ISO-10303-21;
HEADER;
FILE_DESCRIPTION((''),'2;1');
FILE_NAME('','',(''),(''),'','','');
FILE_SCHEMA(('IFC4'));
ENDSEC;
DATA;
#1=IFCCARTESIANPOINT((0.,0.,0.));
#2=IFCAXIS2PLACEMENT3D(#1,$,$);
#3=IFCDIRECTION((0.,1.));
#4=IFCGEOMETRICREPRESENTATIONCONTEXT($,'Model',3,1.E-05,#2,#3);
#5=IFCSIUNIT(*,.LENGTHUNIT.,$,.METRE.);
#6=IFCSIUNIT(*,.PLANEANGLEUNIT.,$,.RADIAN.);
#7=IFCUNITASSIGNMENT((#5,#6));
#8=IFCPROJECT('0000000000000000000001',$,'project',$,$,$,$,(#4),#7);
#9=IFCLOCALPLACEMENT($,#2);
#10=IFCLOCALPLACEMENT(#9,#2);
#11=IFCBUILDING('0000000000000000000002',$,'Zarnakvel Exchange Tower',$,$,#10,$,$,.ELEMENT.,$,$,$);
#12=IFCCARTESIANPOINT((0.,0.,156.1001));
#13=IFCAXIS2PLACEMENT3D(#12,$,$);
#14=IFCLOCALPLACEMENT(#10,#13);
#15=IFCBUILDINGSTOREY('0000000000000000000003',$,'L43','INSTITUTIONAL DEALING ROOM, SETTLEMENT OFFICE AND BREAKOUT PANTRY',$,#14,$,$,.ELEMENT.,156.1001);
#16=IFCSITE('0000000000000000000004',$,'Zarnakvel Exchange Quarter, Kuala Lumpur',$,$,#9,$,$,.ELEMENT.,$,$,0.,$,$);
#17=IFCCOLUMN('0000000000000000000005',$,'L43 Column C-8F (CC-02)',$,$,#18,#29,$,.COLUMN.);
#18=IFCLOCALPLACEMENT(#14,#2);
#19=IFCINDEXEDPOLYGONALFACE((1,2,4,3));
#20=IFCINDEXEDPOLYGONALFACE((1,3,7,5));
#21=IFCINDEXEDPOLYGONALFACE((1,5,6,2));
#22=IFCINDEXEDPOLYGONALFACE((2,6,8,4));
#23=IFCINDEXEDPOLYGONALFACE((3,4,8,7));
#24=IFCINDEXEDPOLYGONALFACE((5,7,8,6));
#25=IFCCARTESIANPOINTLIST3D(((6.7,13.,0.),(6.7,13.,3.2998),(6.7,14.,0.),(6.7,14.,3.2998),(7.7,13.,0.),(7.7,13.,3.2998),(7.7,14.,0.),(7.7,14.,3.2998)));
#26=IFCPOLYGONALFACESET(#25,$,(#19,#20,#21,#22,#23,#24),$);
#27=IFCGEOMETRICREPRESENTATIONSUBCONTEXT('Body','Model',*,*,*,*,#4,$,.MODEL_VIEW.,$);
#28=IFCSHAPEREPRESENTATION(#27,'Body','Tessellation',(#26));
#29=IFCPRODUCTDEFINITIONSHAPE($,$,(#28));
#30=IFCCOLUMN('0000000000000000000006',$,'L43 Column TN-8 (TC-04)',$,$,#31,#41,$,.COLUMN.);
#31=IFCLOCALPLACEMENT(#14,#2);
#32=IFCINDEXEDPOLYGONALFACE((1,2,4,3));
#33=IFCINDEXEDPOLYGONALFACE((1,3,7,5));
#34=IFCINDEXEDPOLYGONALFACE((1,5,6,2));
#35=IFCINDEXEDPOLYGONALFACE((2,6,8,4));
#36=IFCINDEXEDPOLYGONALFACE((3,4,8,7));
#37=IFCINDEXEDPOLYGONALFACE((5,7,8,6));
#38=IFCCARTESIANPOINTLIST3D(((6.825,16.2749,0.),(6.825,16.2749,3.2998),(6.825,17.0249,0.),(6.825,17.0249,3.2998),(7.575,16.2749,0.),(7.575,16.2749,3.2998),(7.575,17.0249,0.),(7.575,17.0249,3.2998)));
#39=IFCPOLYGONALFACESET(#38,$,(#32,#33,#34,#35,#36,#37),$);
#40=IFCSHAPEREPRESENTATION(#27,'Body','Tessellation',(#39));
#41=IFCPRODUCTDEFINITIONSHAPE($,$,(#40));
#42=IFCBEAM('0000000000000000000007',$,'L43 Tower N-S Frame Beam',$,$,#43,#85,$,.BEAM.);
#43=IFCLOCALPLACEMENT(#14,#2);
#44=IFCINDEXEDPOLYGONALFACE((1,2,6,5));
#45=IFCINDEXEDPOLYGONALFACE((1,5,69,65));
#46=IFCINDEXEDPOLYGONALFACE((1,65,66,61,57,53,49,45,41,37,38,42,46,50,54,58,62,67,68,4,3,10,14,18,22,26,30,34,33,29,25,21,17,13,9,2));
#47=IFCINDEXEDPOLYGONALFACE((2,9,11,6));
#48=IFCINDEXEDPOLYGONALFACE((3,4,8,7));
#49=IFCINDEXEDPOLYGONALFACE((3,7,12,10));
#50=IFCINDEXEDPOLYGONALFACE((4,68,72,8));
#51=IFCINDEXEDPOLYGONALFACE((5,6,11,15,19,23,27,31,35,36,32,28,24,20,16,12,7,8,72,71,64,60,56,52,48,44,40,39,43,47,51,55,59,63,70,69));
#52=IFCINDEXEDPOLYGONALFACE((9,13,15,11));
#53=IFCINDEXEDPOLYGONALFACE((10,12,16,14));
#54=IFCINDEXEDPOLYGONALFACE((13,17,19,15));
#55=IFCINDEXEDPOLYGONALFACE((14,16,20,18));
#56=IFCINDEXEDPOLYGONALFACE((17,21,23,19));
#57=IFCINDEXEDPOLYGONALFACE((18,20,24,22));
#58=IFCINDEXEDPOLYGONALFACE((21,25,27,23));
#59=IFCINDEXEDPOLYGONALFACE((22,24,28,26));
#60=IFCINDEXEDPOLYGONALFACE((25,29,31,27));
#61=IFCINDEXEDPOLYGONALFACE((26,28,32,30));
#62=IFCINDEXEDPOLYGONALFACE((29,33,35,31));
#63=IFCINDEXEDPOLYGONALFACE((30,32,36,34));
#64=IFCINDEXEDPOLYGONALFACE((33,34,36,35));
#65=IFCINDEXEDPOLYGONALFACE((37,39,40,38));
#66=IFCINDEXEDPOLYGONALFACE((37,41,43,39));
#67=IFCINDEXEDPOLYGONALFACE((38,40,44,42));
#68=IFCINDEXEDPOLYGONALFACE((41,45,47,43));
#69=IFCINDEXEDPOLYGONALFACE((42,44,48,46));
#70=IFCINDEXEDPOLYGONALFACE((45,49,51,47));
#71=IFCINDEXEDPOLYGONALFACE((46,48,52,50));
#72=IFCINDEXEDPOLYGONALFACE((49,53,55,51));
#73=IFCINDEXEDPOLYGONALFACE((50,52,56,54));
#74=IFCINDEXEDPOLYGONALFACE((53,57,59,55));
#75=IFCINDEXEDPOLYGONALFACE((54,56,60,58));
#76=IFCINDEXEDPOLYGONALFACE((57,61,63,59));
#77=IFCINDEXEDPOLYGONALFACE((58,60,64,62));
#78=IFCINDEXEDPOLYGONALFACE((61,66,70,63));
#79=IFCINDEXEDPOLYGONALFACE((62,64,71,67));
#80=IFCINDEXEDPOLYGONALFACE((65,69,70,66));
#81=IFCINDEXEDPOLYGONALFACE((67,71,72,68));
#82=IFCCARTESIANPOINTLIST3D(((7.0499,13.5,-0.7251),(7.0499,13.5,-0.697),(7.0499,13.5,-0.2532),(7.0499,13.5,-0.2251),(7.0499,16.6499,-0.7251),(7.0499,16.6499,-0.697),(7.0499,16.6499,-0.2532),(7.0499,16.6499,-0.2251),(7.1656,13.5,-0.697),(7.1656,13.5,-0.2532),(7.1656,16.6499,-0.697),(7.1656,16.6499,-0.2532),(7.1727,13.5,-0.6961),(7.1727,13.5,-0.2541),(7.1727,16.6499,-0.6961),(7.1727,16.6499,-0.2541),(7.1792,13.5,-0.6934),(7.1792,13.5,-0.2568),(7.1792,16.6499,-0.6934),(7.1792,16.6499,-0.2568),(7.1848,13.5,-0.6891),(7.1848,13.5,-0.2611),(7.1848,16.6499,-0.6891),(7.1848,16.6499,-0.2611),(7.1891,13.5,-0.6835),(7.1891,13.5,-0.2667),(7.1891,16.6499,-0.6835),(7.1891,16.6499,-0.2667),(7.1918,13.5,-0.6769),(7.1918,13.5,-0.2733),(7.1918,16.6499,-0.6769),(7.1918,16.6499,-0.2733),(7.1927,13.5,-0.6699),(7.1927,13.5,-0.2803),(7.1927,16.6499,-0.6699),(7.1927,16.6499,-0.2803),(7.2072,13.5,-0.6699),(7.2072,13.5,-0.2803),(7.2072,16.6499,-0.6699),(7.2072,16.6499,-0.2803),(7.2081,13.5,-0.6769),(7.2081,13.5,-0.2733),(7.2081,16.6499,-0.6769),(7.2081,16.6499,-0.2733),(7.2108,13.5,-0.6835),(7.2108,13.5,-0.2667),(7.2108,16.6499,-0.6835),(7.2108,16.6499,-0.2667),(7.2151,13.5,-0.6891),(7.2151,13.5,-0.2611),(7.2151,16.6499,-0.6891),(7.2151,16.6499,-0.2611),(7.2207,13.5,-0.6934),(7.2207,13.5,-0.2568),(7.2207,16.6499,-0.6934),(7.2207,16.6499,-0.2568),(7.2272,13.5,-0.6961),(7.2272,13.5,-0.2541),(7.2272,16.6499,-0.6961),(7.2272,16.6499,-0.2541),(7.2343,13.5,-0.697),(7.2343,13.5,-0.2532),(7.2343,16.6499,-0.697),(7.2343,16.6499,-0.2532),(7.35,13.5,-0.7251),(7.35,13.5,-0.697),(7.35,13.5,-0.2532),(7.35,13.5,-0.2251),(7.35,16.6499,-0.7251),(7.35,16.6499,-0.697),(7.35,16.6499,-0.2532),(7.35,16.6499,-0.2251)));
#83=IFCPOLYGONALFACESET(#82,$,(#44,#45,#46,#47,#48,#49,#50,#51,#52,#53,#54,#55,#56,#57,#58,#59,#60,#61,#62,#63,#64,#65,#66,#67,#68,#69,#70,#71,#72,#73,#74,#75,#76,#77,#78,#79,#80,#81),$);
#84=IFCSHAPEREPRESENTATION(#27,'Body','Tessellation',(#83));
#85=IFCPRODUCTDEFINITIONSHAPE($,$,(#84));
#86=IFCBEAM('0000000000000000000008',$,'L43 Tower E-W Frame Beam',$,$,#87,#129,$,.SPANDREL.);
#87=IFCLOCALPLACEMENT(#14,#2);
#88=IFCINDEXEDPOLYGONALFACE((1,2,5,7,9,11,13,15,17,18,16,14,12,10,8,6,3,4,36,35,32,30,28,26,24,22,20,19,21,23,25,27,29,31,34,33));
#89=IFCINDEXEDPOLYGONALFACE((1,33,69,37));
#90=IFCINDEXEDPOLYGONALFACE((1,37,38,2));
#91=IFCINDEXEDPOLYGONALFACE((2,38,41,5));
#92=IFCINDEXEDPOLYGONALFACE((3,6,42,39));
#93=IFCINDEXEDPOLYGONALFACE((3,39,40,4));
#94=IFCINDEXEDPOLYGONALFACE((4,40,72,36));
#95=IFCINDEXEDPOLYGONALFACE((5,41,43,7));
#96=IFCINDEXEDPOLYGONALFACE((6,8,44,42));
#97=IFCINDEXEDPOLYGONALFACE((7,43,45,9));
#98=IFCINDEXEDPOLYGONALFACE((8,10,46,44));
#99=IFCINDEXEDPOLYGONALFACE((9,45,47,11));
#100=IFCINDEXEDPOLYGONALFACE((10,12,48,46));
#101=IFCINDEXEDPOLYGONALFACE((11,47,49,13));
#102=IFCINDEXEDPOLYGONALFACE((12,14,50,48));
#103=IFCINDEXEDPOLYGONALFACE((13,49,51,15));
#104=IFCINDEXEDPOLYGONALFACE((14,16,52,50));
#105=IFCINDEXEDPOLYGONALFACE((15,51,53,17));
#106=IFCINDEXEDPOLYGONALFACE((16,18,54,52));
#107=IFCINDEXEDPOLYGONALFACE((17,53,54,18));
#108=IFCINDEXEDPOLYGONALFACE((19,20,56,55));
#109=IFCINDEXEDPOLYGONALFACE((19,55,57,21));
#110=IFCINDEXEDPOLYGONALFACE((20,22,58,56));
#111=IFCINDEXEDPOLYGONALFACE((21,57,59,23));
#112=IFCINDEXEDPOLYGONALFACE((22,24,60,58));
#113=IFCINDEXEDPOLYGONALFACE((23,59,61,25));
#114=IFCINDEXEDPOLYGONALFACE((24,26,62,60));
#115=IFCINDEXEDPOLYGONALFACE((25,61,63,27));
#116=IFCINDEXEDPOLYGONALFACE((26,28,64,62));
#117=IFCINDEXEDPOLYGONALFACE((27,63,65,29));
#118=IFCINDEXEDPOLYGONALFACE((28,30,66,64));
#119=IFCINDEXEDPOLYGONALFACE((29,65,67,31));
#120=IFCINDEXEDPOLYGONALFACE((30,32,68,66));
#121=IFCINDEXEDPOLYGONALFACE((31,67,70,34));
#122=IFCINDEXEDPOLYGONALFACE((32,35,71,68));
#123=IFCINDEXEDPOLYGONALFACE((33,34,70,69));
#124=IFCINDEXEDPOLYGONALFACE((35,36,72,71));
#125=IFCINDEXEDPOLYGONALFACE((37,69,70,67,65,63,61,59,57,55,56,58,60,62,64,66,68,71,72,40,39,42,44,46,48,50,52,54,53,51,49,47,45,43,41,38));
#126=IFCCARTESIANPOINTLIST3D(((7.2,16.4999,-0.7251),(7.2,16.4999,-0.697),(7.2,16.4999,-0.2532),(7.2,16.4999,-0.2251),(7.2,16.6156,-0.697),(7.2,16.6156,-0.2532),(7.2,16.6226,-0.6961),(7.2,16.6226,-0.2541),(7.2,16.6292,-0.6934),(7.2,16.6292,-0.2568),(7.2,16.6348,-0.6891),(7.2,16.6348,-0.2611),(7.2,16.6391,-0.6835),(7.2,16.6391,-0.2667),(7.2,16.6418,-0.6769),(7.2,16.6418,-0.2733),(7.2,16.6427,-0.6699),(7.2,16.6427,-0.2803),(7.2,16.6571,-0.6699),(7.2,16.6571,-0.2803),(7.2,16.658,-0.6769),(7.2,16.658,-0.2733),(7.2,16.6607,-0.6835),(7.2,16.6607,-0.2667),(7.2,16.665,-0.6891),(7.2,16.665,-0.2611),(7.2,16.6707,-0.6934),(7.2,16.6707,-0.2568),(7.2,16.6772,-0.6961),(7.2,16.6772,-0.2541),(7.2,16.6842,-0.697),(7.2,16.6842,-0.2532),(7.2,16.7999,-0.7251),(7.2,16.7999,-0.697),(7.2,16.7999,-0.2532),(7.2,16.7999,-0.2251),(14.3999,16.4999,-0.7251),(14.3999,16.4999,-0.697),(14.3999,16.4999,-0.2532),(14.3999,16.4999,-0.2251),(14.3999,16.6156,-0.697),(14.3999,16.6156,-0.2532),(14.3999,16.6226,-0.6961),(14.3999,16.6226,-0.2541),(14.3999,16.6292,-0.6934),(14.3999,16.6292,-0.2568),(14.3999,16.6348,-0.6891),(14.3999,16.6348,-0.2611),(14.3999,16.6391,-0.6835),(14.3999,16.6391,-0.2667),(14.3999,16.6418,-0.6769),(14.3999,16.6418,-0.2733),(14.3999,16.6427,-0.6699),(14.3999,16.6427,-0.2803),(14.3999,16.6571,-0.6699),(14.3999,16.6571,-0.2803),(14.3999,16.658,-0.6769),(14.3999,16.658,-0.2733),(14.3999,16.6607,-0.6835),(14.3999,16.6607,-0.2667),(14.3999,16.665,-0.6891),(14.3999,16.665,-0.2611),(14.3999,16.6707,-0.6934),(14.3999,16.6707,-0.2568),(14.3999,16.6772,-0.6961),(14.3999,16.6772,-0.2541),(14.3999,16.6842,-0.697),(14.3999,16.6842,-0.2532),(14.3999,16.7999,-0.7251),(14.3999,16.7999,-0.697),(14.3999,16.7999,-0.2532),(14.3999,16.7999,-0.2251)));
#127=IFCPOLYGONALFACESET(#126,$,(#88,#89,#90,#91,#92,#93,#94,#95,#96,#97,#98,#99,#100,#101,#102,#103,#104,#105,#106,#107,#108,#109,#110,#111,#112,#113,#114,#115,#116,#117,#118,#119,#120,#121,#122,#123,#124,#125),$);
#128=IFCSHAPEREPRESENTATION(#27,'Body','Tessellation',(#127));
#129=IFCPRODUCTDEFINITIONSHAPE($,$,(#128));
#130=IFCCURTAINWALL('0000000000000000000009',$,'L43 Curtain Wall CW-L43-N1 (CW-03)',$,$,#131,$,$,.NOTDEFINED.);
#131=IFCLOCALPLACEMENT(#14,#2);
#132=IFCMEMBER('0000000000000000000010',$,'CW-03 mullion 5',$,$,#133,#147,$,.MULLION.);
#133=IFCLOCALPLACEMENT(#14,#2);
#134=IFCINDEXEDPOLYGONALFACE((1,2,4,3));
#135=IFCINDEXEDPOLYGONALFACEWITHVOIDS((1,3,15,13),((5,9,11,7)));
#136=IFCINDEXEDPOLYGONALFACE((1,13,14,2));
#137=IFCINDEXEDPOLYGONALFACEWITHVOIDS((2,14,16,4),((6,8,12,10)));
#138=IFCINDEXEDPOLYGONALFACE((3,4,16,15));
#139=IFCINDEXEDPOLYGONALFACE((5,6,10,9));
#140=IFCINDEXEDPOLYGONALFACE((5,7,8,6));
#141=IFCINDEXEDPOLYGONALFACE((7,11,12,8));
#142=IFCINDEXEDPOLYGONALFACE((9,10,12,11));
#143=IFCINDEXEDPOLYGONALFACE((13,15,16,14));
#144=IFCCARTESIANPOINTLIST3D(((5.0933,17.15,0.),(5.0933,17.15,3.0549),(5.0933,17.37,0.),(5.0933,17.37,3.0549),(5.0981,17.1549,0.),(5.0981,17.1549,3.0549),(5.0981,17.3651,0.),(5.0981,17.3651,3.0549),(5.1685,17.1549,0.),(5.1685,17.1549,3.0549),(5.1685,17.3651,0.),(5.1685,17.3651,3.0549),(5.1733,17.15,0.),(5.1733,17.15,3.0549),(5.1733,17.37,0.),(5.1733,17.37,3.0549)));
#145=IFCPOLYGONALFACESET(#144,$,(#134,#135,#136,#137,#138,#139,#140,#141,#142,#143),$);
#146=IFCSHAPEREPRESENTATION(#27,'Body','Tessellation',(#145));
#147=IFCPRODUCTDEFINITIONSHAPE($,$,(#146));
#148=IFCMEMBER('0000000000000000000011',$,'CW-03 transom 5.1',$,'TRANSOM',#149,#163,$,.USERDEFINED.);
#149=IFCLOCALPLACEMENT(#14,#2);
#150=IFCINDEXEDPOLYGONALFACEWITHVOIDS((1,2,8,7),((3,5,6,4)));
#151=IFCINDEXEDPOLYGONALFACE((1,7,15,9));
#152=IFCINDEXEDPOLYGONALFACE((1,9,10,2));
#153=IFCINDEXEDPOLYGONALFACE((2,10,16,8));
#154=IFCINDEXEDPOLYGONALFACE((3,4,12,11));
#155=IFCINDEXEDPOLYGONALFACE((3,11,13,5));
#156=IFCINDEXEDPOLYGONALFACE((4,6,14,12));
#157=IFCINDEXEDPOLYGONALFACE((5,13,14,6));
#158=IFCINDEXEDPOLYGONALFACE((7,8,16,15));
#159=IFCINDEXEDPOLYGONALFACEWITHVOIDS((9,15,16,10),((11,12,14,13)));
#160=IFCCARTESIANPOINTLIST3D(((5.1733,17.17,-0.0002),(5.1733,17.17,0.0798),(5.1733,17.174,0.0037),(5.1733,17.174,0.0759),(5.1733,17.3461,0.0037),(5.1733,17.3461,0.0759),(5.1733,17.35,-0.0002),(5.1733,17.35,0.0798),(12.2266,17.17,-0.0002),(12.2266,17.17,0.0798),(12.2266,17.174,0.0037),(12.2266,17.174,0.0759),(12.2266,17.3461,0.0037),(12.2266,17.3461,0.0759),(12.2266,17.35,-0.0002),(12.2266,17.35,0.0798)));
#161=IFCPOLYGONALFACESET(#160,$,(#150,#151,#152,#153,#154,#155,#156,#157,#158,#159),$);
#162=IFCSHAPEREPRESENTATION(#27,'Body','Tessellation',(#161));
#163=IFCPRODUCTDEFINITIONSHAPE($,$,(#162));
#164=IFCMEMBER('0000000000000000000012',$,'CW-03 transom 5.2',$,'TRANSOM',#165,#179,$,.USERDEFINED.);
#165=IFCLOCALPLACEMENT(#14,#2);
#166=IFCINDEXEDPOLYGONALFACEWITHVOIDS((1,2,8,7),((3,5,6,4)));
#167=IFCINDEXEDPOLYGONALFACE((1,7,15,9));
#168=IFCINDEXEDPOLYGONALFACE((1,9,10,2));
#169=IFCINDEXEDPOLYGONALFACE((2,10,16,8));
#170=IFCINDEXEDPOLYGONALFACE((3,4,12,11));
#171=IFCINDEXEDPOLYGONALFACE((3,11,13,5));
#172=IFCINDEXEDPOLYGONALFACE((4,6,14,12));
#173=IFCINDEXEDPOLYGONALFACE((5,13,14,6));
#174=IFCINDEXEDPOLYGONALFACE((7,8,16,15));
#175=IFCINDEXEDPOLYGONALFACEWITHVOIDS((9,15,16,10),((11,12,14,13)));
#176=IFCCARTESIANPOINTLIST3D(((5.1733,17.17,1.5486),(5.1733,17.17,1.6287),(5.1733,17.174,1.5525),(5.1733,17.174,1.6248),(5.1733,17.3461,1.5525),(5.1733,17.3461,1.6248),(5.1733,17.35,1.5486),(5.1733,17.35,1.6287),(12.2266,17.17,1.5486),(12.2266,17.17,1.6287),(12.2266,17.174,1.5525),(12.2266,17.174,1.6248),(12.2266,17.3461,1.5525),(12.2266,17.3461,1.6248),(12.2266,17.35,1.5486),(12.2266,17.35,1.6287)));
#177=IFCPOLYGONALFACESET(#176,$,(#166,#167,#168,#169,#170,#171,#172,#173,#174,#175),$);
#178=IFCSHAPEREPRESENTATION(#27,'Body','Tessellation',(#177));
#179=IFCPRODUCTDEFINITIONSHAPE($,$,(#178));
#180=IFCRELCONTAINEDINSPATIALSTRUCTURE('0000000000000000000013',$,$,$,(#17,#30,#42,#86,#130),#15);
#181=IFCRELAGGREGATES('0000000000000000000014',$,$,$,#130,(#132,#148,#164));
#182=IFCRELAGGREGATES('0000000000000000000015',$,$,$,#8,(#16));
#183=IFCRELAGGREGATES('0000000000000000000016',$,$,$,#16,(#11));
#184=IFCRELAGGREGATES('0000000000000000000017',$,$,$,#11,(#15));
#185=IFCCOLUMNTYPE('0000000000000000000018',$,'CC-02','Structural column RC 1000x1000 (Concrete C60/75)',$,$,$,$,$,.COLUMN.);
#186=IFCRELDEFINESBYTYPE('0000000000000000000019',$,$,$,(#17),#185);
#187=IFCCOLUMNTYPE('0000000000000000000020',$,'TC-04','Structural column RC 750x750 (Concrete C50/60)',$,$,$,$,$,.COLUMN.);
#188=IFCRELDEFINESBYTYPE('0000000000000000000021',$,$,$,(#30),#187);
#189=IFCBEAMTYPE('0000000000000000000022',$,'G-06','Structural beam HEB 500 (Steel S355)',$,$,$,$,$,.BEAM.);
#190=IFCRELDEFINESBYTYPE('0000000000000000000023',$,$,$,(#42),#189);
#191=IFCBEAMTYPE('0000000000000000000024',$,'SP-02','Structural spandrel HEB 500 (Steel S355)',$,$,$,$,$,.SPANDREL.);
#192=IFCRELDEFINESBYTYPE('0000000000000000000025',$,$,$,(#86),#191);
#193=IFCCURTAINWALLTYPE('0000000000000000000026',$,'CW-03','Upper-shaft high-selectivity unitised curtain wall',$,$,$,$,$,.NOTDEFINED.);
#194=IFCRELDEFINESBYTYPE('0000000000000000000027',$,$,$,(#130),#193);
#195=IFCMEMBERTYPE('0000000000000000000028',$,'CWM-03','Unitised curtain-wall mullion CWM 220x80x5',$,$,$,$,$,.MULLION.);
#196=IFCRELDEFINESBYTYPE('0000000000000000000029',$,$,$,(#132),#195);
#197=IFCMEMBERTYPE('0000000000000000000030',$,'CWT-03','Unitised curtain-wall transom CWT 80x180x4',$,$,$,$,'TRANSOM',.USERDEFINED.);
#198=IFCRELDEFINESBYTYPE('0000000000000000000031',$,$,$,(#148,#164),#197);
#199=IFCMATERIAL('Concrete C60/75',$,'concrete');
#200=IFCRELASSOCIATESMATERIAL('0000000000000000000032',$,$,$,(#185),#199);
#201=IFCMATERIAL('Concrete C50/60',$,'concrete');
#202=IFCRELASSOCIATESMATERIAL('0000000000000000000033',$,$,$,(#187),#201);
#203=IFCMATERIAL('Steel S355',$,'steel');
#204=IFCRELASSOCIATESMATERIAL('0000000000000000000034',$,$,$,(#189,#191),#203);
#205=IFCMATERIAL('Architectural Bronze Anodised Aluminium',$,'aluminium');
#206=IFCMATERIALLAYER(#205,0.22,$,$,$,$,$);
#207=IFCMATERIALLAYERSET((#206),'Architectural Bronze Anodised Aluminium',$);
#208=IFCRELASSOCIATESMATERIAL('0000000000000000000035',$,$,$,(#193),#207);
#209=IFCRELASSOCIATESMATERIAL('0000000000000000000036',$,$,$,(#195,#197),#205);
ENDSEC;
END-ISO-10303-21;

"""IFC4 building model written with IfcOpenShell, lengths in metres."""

from ifc_helpers import new_model, si_unit, direction, frame, origin, origin_2d, place, context, subcontext, project, spatial, rectangle, hollow_rectangle, i_section, extrude, source, transform, mapped, material, layer, layer_set, material_profile, profile_set, type_object, element, aggregate, save


model = new_model("IFC4")

# Units and contexts
model_context = context("Model", 3, precision=1e-05, world=origin(), true_north=direction((0.0, 1.0)))
body_context = subcontext(model_context, "Body", "Model", "MODEL_VIEW")
ifc_project = project(units=[si_unit("LENGTHUNIT", "METRE"), si_unit("PLANEANGLEUNIT", "RADIAN")], contexts=[model_context])

# Site, building, storey
site_placement = place(None, origin())
site = spatial("IfcSite", under=ifc_project, at=site_placement, Name="Zarnakvel Exchange Quarter, Kuala Lumpur", CompositionType="ELEMENT", RefElevation=0.0)
building_placement = place(site_placement, origin())
building = spatial("IfcBuilding", under=site, at=building_placement, Name="Zarnakvel Exchange Tower", CompositionType="ELEMENT")
storey_placement = place(building_placement, frame((0.0, 0.0, 156.1001)))
storey = spatial("IfcBuildingStorey", under=building, at=storey_placement, Name="L43", Description="INSTITUTIONAL DEALING ROOM, SETTLEMENT OFFICE AND BREAKOUT PANTRY", CompositionType="ELEMENT", Elevation=156.1001)

# Columns
ifc_material_1 = material(Name="Concrete C60/75", Category="concrete")
ifc_material_profile_1 = material_profile(ifc_material_1, rectangle(XDim=1.0, YDim=1.0, at=origin_2d()))
ifc_profile_set_1 = profile_set([ifc_material_profile_1], Name="Concrete C60/75")
column_type_1 = type_object("IfcColumnType", Name="CC-02", Description="Structural column RC 1000x1000 (Concrete C60/75)", PredefinedType="COLUMN", material=ifc_profile_set_1)
column_1_placement = place(storey_placement, frame((7.2, 13.5, 0.0), z_axis=(0.0, 0.0, 1.0), x_axis=(1.0, 0.0, 0.0)))
element("IfcColumn", 1, at=column_1_placement, inside=storey, type_object=column_type_1, Name="L43 Column C-8F (CC-02)", PredefinedType="COLUMN", context=body_context, shape_type="SweptSolid", body=[
    extrude(rectangle(XDim=1.0, YDim=1.0, at=origin_2d()), origin(), (0.0, 0.0, 1.0), 3.2998),
])
ifc_material_2 = material(Name="Concrete C50/60", Category="concrete")
ifc_material_profile_2 = material_profile(ifc_material_2, rectangle(XDim=0.75, YDim=0.75, at=origin_2d()))
ifc_profile_set_2 = profile_set([ifc_material_profile_2], Name="Concrete C50/60")
column_type_2 = type_object("IfcColumnType", Name="TC-04", Description="Structural column RC 750x750 (Concrete C50/60)", PredefinedType="COLUMN", material=ifc_profile_set_2)
column_2_placement = place(storey_placement, frame((7.2, 16.6499, 0.0), z_axis=(0.0, 0.0, 1.0), x_axis=(1.0, 0.0, 0.0)))
element("IfcColumn", 2, at=column_2_placement, inside=storey, type_object=column_type_2, Name="L43 Column TN-8 (TC-04)", PredefinedType="COLUMN", context=body_context, shape_type="SweptSolid", body=[
    extrude(rectangle(XDim=0.75, YDim=0.75, at=origin_2d()), origin(), (0.0, 0.0, 1.0), 3.2998),
])

# Beams
ifc_material_3 = material(Name="Steel S355", Category="steel")
ifc_material_profile_3 = material_profile(ifc_material_3, i_section(OverallWidth=0.3, OverallDepth=0.5, WebThickness=0.0144, FlangeThickness=0.0281, FilletRadius=0.0271, at=origin_2d()))
ifc_profile_set_3 = profile_set([ifc_material_profile_3], Name="Steel S355")
beam_type_1 = type_object("IfcBeamType", Name="G-06", Description="Structural beam HEB 500 (Steel S355)", PredefinedType="BEAM", material=ifc_profile_set_3)
beam_1_placement = place(storey_placement, frame((7.2, 13.5, -0.4751), z_axis=(0.0, 1.0, 0.0), x_axis=(-1.0, 0.0, 0.0)))
element("IfcBeam", 3, at=beam_1_placement, inside=storey, type_object=beam_type_1, Name="L43 Tower N-S Frame Beam", PredefinedType="BEAM", context=body_context, shape_type="SweptSolid", body=[
    extrude(i_section(OverallWidth=0.3, OverallDepth=0.5, WebThickness=0.0144, FlangeThickness=0.0281, FilletRadius=0.0271, at=origin_2d()), origin(), (0.0, 0.0, 1.0), 3.1499),
])
ifc_material_profile_4 = material_profile(ifc_material_3, i_section(OverallWidth=0.3, OverallDepth=0.5, WebThickness=0.0144, FlangeThickness=0.0281, FilletRadius=0.0271, at=origin_2d()))
ifc_profile_set_4 = profile_set([ifc_material_profile_4], Name="Steel S355")
beam_type_2 = type_object("IfcBeamType", Name="SP-02", Description="Structural spandrel HEB 500 (Steel S355)", PredefinedType="SPANDREL", material=ifc_profile_set_4)
beam_2_placement = place(storey_placement, frame((7.2, 16.6499, -0.4751), z_axis=(1.0, 0.0, 0.0), x_axis=(0.0, 1.0, 0.0)))
element("IfcBeam", 4, at=beam_2_placement, inside=storey, type_object=beam_type_2, Name="L43 Tower E-W Frame Beam", PredefinedType="SPANDREL", context=body_context, shape_type="SweptSolid", body=[
    extrude(i_section(OverallWidth=0.3, OverallDepth=0.5, WebThickness=0.0144, FlangeThickness=0.0281, FilletRadius=0.0271, at=origin_2d()), origin(), (0.0, 0.0, 1.0), 7.2),
])

# Curtain wall, members
ifc_material_4 = material(Name="Architectural Bronze Anodised Aluminium", Category="aluminium")
ifc_layer_1 = layer(ifc_material_4, 0.22)
ifc_layer_set_1 = layer_set([ifc_layer_1], Name="Architectural Bronze Anodised Aluminium")
curtain_wall_type = type_object("IfcCurtainWallType", Name="CW-03", Description="Upper-shaft high-selectivity unitised curtain wall", PredefinedType="NOTDEFINED", material=ifc_layer_set_1)
curtain_wall_placement = place(storey_placement, origin())
curtain_wall = element("IfcCurtainWall", 5, at=curtain_wall_placement, inside=storey, type_object=curtain_wall_type, Name="L43 Curtain Wall CW-L43-N1 (CW-03)", PredefinedType="NOTDEFINED")
ifc_material_profile_5 = material_profile(ifc_material_4, hollow_rectangle(XDim=0.22, YDim=0.0801, WallThickness=0.0049, at=origin_2d()))
ifc_profile_set_5 = profile_set([ifc_material_profile_5], Name="Architectural Bronze Anodised Aluminium")
member_type_1 = type_object("IfcMemberType", Name="CWM-03", Description="Unitised curtain-wall mullion CWM 220x80x5", PredefinedType="MULLION", material=ifc_profile_set_5)
shared_shape_1 = source(origin(), body_context, "Body", "SweptSolid", [
    extrude(hollow_rectangle(XDim=0.22, YDim=0.0801, WallThickness=0.0049, at=origin_2d()), origin(), (0.0, 0.0, 1.0), 3.0549),
])
member_1_placement = place(storey_placement, frame((5.1333, 17.26, 0.0), z_axis=(0.0, 0.0, 1.0), x_axis=(0.0, 1.0, 0.0)))
member_1 = element("IfcMember", 6, at=member_1_placement, type_object=member_type_1, Name="CW-03 mullion 5", PredefinedType="MULLION", context=body_context, shape_type="MappedRepresentation", body=[
    mapped(shared_shape_1, transform((0.0, 0.0, 0.0), x_axis=(1.0, 0.0, 0.0), y_axis=(0.0, 1.0, 0.0), z_axis=(0.0, 0.0, 1.0), scale=1.0)),
])
ifc_material_profile_6 = material_profile(ifc_material_4, hollow_rectangle(XDim=0.1799, YDim=0.0801, WallThickness=0.0039, at=origin_2d()))
ifc_profile_set_6 = profile_set([ifc_material_profile_6], Name="Architectural Bronze Anodised Aluminium")
member_type_2 = type_object("IfcMemberType", Name="CWT-03", Description="Unitised curtain-wall transom CWT 80x180x4", ElementType="TRANSOM", PredefinedType="USERDEFINED", material=ifc_profile_set_6)
shared_shape_2 = source(origin(), body_context, "Body", "SweptSolid", [
    extrude(hollow_rectangle(XDim=0.1799, YDim=0.0801, WallThickness=0.0039, at=origin_2d()), origin(), (0.0, 0.0, 1.0), 7.0532),
])
member_2_placement = place(storey_placement, frame((5.1733, 17.26, 0.0398), z_axis=(1.0, 0.0, 0.0), x_axis=(0.0, 1.0, 0.0)))
member_2 = element("IfcMember", 7, at=member_2_placement, type_object=member_type_2, Name="CW-03 transom 5.1", ObjectType="TRANSOM", PredefinedType="USERDEFINED", context=body_context, shape_type="MappedRepresentation", body=[
    mapped(shared_shape_2, transform((0.0, 0.0, 0.0), x_axis=(1.0, 0.0, 0.0), y_axis=(0.0, 1.0, 0.0), z_axis=(0.0, 0.0, 1.0), scale=1.0)),
])
member_3_placement = place(storey_placement, frame((5.1733, 17.26, 1.5886), z_axis=(1.0, 0.0, 0.0), x_axis=(0.0, 1.0, 0.0)))
member_3 = element("IfcMember", 8, at=member_3_placement, type_object=member_type_2, Name="CW-03 transom 5.2", ObjectType="TRANSOM", PredefinedType="USERDEFINED", context=body_context, shape_type="MappedRepresentation", body=[
    mapped(shared_shape_2, transform((0.0, 0.0, 0.0), x_axis=(1.0, 0.0, 0.0), y_axis=(0.0, 1.0, 0.0), z_axis=(0.0, 0.0, 1.0), scale=1.0)),
])
aggregate(curtain_wall, [member_1, member_2, member_3])

save(model, "model.ifc")
